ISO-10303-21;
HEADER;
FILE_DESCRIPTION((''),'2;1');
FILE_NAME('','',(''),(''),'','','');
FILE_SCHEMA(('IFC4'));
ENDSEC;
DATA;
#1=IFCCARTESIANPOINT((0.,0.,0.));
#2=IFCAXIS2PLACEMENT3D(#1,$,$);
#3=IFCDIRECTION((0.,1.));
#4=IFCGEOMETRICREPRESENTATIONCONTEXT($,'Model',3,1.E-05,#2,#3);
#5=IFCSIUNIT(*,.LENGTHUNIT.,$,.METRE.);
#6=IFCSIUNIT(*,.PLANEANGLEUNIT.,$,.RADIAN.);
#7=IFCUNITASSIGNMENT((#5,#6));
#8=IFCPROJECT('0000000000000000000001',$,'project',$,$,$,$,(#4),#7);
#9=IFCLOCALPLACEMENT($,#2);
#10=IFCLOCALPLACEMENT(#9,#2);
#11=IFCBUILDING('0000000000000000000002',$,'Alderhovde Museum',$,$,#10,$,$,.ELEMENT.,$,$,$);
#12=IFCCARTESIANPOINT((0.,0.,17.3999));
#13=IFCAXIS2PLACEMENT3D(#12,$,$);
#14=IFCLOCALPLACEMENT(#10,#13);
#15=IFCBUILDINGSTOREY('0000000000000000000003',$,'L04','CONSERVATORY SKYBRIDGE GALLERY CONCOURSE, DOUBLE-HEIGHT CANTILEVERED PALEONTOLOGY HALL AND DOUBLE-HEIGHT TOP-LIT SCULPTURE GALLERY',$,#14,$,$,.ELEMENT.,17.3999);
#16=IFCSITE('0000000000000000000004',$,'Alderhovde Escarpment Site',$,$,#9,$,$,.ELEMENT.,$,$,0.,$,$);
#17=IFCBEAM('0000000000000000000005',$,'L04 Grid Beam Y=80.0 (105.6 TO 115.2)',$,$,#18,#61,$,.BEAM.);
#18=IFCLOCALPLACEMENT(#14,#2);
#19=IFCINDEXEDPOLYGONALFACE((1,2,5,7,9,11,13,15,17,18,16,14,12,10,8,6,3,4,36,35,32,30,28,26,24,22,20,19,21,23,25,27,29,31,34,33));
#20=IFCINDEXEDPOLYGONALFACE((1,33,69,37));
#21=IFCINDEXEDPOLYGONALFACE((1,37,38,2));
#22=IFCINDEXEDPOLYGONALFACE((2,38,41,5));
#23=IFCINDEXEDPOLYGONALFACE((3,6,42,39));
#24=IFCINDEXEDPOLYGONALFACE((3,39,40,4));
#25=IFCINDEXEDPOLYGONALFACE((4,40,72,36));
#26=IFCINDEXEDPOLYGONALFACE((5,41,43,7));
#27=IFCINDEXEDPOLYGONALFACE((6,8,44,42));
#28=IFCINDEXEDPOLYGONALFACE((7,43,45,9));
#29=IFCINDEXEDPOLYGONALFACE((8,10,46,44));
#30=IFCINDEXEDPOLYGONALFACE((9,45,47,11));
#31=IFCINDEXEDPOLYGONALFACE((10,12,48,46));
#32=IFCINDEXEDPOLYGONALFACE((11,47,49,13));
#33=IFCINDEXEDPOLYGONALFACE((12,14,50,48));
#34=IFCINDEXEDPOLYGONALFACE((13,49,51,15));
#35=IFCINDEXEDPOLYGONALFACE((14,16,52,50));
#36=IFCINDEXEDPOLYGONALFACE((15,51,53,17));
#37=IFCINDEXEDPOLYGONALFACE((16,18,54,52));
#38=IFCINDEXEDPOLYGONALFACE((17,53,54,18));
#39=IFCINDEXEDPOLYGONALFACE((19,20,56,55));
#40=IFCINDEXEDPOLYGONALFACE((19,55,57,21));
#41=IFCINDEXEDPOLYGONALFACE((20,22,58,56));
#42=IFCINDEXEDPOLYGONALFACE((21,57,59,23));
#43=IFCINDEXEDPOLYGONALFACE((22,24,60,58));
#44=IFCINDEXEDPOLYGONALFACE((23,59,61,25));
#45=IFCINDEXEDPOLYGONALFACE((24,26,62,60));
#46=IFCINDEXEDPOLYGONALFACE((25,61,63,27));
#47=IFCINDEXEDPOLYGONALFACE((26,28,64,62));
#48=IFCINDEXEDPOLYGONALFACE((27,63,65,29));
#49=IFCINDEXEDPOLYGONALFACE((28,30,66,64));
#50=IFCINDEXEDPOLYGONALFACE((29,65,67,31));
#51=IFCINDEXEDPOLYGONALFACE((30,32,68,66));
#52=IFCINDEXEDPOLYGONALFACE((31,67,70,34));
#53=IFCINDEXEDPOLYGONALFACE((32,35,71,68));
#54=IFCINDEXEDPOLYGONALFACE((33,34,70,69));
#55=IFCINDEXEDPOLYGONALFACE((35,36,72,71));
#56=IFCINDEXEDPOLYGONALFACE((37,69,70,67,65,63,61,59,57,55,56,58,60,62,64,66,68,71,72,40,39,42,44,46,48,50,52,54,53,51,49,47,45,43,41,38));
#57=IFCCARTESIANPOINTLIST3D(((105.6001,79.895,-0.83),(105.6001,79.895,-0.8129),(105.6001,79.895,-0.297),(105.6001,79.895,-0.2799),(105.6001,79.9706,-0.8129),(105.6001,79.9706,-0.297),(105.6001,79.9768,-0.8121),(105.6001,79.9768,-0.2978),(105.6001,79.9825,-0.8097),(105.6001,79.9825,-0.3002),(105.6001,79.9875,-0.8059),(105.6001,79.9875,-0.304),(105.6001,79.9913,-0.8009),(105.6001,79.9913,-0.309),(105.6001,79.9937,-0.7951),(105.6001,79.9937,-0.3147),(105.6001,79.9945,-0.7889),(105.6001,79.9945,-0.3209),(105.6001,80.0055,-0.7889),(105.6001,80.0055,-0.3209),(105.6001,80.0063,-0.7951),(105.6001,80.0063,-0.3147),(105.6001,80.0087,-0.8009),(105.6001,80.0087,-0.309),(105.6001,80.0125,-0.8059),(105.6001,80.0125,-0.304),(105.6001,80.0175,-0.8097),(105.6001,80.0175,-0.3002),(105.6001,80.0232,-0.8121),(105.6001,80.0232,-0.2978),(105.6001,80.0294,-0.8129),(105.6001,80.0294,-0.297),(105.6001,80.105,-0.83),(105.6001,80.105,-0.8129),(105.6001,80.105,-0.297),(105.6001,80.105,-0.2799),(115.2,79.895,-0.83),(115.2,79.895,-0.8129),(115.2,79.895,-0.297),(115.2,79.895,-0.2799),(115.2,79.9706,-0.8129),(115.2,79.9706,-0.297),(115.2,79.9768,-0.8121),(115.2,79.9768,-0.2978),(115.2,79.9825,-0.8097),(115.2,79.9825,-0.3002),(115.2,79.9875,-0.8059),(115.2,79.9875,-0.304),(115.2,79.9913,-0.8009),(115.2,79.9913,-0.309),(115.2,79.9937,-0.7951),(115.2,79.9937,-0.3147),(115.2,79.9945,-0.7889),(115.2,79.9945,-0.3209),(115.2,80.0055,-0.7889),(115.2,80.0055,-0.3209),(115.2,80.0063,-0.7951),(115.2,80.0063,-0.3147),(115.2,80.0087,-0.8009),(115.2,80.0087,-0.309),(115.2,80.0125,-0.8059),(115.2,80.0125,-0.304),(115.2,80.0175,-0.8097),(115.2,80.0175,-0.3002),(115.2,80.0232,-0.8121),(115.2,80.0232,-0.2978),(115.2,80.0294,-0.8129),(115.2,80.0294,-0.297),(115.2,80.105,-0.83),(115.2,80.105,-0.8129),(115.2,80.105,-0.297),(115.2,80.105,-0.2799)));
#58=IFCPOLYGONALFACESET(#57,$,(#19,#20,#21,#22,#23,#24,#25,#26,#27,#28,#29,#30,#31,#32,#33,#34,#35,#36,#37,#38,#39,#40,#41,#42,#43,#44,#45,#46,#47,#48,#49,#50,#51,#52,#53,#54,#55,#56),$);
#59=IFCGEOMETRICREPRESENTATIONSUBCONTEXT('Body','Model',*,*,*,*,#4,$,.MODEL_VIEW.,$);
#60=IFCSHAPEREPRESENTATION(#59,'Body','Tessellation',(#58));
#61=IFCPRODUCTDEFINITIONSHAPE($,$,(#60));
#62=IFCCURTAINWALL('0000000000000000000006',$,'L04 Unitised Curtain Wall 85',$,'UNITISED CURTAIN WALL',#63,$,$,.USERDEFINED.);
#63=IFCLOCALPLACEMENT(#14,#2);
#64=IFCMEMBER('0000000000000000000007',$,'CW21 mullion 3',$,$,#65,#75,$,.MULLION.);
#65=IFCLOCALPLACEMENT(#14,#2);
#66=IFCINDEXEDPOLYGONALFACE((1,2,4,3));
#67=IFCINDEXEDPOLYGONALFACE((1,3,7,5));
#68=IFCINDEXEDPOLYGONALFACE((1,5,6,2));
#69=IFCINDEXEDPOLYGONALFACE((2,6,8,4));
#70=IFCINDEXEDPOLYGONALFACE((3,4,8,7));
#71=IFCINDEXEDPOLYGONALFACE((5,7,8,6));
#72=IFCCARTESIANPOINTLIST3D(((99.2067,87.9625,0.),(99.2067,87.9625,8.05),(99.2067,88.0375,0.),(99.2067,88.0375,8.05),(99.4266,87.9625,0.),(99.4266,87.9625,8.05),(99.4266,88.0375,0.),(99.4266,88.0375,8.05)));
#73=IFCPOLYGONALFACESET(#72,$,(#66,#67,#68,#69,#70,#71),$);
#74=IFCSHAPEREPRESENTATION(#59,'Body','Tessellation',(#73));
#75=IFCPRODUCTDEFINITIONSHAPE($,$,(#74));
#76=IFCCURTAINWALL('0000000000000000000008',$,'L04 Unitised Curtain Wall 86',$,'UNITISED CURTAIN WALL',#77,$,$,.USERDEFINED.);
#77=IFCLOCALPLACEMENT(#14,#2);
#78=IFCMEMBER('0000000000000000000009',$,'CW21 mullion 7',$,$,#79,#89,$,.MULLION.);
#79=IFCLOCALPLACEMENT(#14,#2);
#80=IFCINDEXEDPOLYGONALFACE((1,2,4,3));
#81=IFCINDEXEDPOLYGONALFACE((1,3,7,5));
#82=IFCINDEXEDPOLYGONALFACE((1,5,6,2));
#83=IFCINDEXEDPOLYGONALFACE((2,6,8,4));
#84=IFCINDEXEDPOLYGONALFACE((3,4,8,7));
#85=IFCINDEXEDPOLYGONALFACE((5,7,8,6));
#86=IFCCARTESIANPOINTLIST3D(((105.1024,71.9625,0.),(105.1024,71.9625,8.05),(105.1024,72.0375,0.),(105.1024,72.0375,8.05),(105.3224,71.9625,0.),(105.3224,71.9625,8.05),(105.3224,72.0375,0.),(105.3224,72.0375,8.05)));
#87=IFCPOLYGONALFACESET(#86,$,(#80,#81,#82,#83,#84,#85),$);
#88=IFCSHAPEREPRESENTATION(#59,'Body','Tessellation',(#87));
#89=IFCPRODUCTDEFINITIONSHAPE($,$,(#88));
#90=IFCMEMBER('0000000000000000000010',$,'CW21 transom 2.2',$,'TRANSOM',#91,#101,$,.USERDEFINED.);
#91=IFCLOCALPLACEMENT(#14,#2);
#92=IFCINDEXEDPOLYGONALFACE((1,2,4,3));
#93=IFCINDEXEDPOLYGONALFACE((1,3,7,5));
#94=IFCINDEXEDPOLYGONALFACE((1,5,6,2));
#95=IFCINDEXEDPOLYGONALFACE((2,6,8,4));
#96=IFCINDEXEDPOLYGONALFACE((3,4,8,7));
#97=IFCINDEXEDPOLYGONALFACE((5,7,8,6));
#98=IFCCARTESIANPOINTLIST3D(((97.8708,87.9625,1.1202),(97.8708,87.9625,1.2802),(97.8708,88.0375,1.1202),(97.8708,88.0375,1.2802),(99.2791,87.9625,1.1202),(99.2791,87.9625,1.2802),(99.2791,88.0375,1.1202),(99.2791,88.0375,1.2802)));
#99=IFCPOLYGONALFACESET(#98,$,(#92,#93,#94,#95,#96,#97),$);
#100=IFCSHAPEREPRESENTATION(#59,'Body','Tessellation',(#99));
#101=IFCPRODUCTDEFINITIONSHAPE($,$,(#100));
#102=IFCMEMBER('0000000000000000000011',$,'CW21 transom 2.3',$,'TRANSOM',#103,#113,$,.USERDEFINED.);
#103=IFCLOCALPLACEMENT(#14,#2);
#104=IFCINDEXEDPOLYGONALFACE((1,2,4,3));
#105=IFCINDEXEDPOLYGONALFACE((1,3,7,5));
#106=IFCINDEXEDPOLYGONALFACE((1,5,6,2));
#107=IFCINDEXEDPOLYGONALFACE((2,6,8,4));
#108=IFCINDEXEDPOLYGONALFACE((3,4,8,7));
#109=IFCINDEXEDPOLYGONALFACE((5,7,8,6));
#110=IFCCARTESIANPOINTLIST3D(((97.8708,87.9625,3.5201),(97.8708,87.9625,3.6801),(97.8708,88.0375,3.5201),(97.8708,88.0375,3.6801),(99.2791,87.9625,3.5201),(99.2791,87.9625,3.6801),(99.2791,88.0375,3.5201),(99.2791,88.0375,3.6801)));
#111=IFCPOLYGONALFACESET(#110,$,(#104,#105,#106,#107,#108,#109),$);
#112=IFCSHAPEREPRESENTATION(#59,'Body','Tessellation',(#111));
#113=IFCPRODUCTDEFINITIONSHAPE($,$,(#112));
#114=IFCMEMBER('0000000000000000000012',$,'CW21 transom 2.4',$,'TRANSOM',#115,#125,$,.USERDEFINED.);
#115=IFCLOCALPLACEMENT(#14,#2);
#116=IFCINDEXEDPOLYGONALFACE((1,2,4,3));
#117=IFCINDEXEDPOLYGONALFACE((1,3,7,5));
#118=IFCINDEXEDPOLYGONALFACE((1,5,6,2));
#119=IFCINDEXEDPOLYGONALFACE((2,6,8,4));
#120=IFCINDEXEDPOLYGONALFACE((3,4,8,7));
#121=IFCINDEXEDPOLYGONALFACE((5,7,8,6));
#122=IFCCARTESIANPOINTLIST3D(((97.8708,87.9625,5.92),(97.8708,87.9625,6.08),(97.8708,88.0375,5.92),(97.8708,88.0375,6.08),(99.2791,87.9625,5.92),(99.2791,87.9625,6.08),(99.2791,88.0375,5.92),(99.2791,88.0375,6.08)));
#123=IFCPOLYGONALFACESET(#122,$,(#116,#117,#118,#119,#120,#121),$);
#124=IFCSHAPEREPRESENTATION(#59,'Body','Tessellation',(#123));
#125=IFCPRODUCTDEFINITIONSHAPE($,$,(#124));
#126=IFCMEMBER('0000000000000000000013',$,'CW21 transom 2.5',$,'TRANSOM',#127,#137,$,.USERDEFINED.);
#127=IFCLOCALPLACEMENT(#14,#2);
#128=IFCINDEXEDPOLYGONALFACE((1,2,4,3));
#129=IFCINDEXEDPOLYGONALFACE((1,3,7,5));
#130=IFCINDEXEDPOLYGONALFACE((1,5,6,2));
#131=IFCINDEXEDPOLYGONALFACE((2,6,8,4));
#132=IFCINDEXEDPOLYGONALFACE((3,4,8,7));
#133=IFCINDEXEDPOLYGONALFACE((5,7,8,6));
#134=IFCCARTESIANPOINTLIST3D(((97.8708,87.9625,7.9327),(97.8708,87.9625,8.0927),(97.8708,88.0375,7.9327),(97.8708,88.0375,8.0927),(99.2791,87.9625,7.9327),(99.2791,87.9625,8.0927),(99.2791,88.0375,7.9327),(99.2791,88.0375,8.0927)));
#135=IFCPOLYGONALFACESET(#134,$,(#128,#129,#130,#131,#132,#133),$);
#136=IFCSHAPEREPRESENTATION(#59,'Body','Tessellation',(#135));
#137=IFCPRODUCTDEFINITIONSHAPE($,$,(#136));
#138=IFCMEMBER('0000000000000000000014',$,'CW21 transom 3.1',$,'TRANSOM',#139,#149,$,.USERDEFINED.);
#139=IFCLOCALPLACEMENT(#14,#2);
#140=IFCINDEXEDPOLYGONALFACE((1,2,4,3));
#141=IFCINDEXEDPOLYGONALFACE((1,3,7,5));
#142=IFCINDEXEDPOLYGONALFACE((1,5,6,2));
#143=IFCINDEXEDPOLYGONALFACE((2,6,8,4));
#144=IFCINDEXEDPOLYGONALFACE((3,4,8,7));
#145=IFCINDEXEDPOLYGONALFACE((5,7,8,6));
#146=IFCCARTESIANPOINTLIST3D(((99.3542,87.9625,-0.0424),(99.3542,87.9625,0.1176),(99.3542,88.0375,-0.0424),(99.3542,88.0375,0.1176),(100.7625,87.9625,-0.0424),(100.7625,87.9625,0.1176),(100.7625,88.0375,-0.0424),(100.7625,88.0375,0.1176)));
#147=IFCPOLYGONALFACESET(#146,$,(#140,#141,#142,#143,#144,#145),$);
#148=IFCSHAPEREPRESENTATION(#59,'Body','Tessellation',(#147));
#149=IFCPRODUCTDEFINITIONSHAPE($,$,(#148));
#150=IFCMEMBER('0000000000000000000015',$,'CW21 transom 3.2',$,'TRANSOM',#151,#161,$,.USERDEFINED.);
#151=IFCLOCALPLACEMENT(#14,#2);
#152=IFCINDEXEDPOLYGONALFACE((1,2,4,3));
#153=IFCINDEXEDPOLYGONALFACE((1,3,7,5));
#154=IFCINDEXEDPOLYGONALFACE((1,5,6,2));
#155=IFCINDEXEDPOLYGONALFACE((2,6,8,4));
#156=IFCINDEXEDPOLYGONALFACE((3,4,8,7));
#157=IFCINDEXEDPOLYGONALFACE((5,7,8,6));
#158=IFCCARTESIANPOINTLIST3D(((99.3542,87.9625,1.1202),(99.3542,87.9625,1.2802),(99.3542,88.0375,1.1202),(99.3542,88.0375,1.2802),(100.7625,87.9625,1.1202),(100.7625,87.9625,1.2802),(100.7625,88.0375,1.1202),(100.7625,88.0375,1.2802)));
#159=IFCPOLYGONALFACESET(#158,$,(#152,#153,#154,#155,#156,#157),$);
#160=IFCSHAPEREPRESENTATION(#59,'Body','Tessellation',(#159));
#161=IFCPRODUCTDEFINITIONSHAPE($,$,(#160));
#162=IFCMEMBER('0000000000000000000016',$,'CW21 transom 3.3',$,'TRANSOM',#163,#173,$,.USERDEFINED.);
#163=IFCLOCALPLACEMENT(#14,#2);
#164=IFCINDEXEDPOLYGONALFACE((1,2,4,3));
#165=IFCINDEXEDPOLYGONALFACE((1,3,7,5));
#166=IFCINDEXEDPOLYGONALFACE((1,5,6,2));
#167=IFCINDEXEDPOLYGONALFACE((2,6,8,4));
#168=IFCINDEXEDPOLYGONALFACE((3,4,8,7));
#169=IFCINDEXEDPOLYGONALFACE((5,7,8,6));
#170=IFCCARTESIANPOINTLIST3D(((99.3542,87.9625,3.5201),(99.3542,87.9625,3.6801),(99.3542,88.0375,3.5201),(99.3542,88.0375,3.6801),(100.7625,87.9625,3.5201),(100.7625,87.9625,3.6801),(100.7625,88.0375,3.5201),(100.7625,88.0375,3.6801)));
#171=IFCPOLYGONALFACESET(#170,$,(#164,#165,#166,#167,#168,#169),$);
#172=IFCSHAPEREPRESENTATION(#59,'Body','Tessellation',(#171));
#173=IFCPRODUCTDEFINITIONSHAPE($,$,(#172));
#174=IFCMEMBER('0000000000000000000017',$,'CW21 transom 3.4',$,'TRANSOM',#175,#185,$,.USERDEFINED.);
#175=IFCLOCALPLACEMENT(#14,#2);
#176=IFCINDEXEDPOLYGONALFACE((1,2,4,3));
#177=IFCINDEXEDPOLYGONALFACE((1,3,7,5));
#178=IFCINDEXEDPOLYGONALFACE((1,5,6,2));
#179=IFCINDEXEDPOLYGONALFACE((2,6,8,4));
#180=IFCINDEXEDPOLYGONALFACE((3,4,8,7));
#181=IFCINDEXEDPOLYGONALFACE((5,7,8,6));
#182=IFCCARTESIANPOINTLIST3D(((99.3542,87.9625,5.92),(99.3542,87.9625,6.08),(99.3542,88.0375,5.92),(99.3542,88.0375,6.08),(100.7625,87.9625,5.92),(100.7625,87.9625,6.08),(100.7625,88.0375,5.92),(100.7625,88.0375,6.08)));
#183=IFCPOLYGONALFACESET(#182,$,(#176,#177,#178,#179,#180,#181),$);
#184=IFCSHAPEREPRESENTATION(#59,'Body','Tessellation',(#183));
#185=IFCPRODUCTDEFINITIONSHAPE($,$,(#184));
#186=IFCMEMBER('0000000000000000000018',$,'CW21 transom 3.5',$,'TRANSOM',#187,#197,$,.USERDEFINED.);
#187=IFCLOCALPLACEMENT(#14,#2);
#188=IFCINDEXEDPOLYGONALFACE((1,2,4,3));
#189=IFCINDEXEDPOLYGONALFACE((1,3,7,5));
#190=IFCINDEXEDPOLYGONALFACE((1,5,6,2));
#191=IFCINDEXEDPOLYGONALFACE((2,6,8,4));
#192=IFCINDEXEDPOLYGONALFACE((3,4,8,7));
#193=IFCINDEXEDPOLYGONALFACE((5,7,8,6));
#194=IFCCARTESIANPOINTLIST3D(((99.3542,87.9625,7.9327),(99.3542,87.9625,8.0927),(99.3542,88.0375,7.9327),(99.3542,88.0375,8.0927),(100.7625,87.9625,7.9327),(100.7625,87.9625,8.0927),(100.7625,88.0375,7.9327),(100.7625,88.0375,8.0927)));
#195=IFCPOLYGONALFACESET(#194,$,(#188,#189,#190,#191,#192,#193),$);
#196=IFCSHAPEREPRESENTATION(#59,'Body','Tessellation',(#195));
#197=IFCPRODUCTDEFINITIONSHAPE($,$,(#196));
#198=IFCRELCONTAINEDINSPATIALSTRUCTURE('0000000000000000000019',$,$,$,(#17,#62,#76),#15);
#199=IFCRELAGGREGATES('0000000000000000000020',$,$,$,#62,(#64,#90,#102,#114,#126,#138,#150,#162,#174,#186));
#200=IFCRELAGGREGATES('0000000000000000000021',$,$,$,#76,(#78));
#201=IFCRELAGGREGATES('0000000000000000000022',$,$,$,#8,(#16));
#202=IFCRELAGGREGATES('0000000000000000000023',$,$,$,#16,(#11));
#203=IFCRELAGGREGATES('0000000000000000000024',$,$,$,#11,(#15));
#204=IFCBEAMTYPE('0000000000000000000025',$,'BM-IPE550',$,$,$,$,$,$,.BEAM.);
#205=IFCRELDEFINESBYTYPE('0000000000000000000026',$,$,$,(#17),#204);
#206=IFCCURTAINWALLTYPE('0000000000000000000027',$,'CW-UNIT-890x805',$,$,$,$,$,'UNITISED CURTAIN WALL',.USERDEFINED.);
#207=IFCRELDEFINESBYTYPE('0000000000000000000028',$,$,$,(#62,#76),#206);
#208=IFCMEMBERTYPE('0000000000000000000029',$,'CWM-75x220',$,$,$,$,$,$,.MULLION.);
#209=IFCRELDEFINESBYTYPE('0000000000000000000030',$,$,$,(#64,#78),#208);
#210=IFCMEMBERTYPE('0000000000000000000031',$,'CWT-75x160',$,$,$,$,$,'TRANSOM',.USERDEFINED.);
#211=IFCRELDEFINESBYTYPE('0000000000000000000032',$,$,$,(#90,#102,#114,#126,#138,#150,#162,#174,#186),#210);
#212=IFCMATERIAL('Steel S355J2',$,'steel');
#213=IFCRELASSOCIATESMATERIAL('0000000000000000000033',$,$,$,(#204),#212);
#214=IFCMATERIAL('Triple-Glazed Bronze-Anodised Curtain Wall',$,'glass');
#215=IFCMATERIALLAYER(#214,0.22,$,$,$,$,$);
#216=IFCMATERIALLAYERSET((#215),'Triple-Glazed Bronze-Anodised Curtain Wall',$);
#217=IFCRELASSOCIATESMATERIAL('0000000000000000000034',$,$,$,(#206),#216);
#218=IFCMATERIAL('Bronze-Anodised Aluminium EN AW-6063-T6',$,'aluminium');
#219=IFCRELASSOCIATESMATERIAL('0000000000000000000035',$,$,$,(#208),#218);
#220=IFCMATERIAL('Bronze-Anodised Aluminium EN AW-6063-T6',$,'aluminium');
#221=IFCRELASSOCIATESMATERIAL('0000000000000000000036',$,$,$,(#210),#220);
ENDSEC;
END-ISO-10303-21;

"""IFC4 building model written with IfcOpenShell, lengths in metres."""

from ifc_helpers import new_model, si_unit, direction, frame, origin, origin_2d, place, context, subcontext, project, spatial, rectangle, i_section, extrude, material, layer, layer_set, material_profile, profile_set, type_object, element, aggregate, save


model = new_model("IFC4")

# Units and contexts
model_context = context("Model", 3, precision=1e-05, world=origin(), true_north=direction((0.0, 1.0)))
body_context = subcontext(model_context, "Body", "Model", "MODEL_VIEW")
ifc_project = project(units=[si_unit("LENGTHUNIT", "METRE"), si_unit("PLANEANGLEUNIT", "RADIAN")], contexts=[model_context])

# Site, building, storey
site_placement = place(None, origin())
site = spatial("IfcSite", under=ifc_project, at=site_placement, Name="Alderhovde Escarpment Site", CompositionType="ELEMENT", RefElevation=0.0)
building_placement = place(site_placement, origin())
building = spatial("IfcBuilding", under=site, at=building_placement, Name="Alderhovde Museum", CompositionType="ELEMENT")
storey_placement = place(building_placement, frame((0.0, 0.0, 17.3999)))
storey = spatial("IfcBuildingStorey", under=building, at=storey_placement, Name="L04", Description="CONSERVATORY SKYBRIDGE GALLERY CONCOURSE, DOUBLE-HEIGHT CANTILEVERED PALEONTOLOGY HALL AND DOUBLE-HEIGHT TOP-LIT SCULPTURE GALLERY", CompositionType="ELEMENT", Elevation=17.3999)

# Beam
ifc_material_1 = material(Name="Steel S355J2", Category="steel")
ifc_material_profile_1 = material_profile(ifc_material_1, i_section(OverallWidth=0.21, OverallDepth=0.55, WebThickness=0.011, FlangeThickness=0.0171, FilletRadius=0.0239, at=origin_2d()), Name="IPE 550")
ifc_profile_set_1 = profile_set([ifc_material_profile_1], Name="Steel S355J2")
beam_type_1 = type_object("IfcBeamType", Name="BM-IPE550", PredefinedType="BEAM", material=ifc_profile_set_1)
beam_1_placement = place(storey_placement, frame((105.6001, 80.0, -0.5549), z_axis=(1.0, 0.0, 0.0), x_axis=(0.0, 1.0, 0.0)))
element("IfcBeam", 1, at=beam_1_placement, inside=storey, type_object=beam_type_1, Name="L04 Grid Beam Y=80.0 (105.6 TO 115.2)", PredefinedType="BEAM", context=body_context, shape_type="SweptSolid", body=[
    extrude(i_section(OverallWidth=0.21, OverallDepth=0.55, WebThickness=0.011, FlangeThickness=0.0171, FilletRadius=0.0239, at=origin_2d()), origin(), (0.0, 0.0, 1.0), 9.5999),
])

# Curtain walls, members
ifc_material_2 = material(Name="Triple-Glazed Bronze-Anodised Curtain Wall", Category="glass")
ifc_layer_1 = layer(ifc_material_2, 0.22)
ifc_layer_set_1 = layer_set([ifc_layer_1], Name="Triple-Glazed Bronze-Anodised Curtain Wall")
curtain_wall_type = type_object("IfcCurtainWallType", Name="CW-UNIT-890x805", ElementType="UNITISED CURTAIN WALL", PredefinedType="USERDEFINED", material=ifc_layer_set_1)
curtain_wall_1_placement = place(storey_placement, origin())
curtain_wall_1 = element("IfcCurtainWall", 2, at=curtain_wall_1_placement, inside=storey, type_object=curtain_wall_type, Name="L04 Unitised Curtain Wall 85", ObjectType="UNITISED CURTAIN WALL", PredefinedType="USERDEFINED")
ifc_material_3 = material(Name="Bronze-Anodised Aluminium EN AW-6063-T6", Category="aluminium")
ifc_material_profile_2 = material_profile(ifc_material_3, rectangle(XDim=0.075, YDim=0.22, at=origin_2d()), Name="MULLION 75x220")
ifc_profile_set_2 = profile_set([ifc_material_profile_2], Name="Bronze-Anodised Aluminium EN AW-6063-T6")
member_type_1 = type_object("IfcMemberType", Name="CWM-75x220", PredefinedType="MULLION", material=ifc_profile_set_2)
member_1_placement = place(storey_placement, frame((99.3167, 88.0, 0.0), z_axis=(0.0, 0.0, 1.0), x_axis=(0.0, 1.0, 0.0)))
member_1 = element("IfcMember", 3, at=member_1_placement, type_object=member_type_1, Name="CW21 mullion 3", PredefinedType="MULLION", context=body_context, shape_type="SweptSolid", body=[
    extrude(rectangle(XDim=0.075, YDim=0.22, at=origin_2d()), origin(), (0.0, 0.0, 1.0), 8.05),
])
curtain_wall_2_placement = place(storey_placement, origin())
curtain_wall_2 = element("IfcCurtainWall", 4, at=curtain_wall_2_placement, inside=storey, type_object=curtain_wall_type, Name="L04 Unitised Curtain Wall 86", ObjectType="UNITISED CURTAIN WALL", PredefinedType="USERDEFINED")
member_2_placement = place(storey_placement, frame((105.2124, 72.0, 0.0), z_axis=(0.0, 0.0, 1.0), x_axis=(0.0, 1.0, 0.0)))
member_2 = element("IfcMember", 5, at=member_2_placement, type_object=member_type_1, Name="CW21 mullion 7", PredefinedType="MULLION", context=body_context, shape_type="SweptSolid", body=[
    extrude(rectangle(XDim=0.075, YDim=0.22, at=origin_2d()), origin(), (0.0, 0.0, 1.0), 8.05),
])

# Members
ifc_material_4 = material(Name="Bronze-Anodised Aluminium EN AW-6063-T6", Category="aluminium")
ifc_material_profile_3 = material_profile(ifc_material_4, rectangle(XDim=0.075, YDim=0.1599, at=origin_2d()), Name="TRANSOM 75x160")
ifc_profile_set_3 = profile_set([ifc_material_profile_3], Name="Bronze-Anodised Aluminium EN AW-6063-T6")
member_type_2 = type_object("IfcMemberType", Name="CWT-75x160", ElementType="TRANSOM", PredefinedType="USERDEFINED", material=ifc_profile_set_3)
member_3_placement = place(storey_placement, frame((97.8708, 88.0, 1.2002), z_axis=(1.0, 0.0, 0.0), x_axis=(0.0, 1.0, 0.0)))
member_3 = element("IfcMember", 6, at=member_3_placement, type_object=member_type_2, Name="CW21 transom 2.2", ObjectType="TRANSOM", PredefinedType="USERDEFINED", context=body_context, shape_type="SweptSolid", body=[
    extrude(rectangle(XDim=0.075, YDim=0.1599, at=origin_2d()), origin(), (0.0, 0.0, 1.0), 1.4082),
])
member_4_placement = place(storey_placement, frame((97.8708, 88.0, 3.6001), z_axis=(1.0, 0.0, 0.0), x_axis=(0.0, 1.0, 0.0)))
member_4 = element("IfcMember", 7, at=member_4_placement, type_object=member_type_2, Name="CW21 transom 2.3", ObjectType="TRANSOM", PredefinedType="USERDEFINED", context=body_context, shape_type="SweptSolid", body=[
    extrude(rectangle(XDim=0.075, YDim=0.1599, at=origin_2d()), origin(), (0.0, 0.0, 1.0), 1.4082),
])
member_5_placement = place(storey_placement, frame((97.8708, 88.0, 6.0), z_axis=(1.0, 0.0, 0.0), x_axis=(0.0, 1.0, 0.0)))
member_5 = element("IfcMember", 8, at=member_5_placement, type_object=member_type_2, Name="CW21 transom 2.4", ObjectType="TRANSOM", PredefinedType="USERDEFINED", context=body_context, shape_type="SweptSolid", body=[
    extrude(rectangle(XDim=0.075, YDim=0.1599, at=origin_2d()), origin(), (0.0, 0.0, 1.0), 1.4082),
])
member_6_placement = place(storey_placement, frame((97.8708, 88.0, 8.0127), z_axis=(1.0, 0.0, 0.0), x_axis=(0.0, 1.0, 0.0)))
member_6 = element("IfcMember", 9, at=member_6_placement, type_object=member_type_2, Name="CW21 transom 2.5", ObjectType="TRANSOM", PredefinedType="USERDEFINED", context=body_context, shape_type="SweptSolid", body=[
    extrude(rectangle(XDim=0.075, YDim=0.1599, at=origin_2d()), origin(), (0.0, 0.0, 1.0), 1.4082),
])
member_7_placement = place(storey_placement, frame((99.3542, 88.0, 0.0376), z_axis=(1.0, 0.0, 0.0), x_axis=(0.0, 1.0, 0.0)))
member_7 = element("IfcMember", 10, at=member_7_placement, type_object=member_type_2, Name="CW21 transom 3.1", ObjectType="TRANSOM", PredefinedType="USERDEFINED", context=body_context, shape_type="SweptSolid", body=[
    extrude(rectangle(XDim=0.075, YDim=0.1599, at=origin_2d()), origin(), (0.0, 0.0, 1.0), 1.4082),
])
member_8_placement = place(storey_placement, frame((99.3542, 88.0, 1.2002), z_axis=(1.0, 0.0, 0.0), x_axis=(0.0, 1.0, 0.0)))
member_8 = element("IfcMember", 11, at=member_8_placement, type_object=member_type_2, Name="CW21 transom 3.2", ObjectType="TRANSOM", PredefinedType="USERDEFINED", context=body_context, shape_type="SweptSolid", body=[
    extrude(rectangle(XDim=0.075, YDim=0.1599, at=origin_2d()), origin(), (0.0, 0.0, 1.0), 1.4082),
])
member_9_placement = place(storey_placement, frame((99.3542, 88.0, 3.6001), z_axis=(1.0, 0.0, 0.0), x_axis=(0.0, 1.0, 0.0)))
member_9 = element("IfcMember", 12, at=member_9_placement, type_object=member_type_2, Name="CW21 transom 3.3", ObjectType="TRANSOM", PredefinedType="USERDEFINED", context=body_context, shape_type="SweptSolid", body=[
    extrude(rectangle(XDim=0.075, YDim=0.1599, at=origin_2d()), origin(), (0.0, 0.0, 1.0), 1.4082),
])
member_10_placement = place(storey_placement, frame((99.3542, 88.0, 6.0), z_axis=(1.0, 0.0, 0.0), x_axis=(0.0, 1.0, 0.0)))
member_10 = element("IfcMember", 13, at=member_10_placement, type_object=member_type_2, Name="CW21 transom 3.4", ObjectType="TRANSOM", PredefinedType="USERDEFINED", context=body_context, shape_type="SweptSolid", body=[
    extrude(rectangle(XDim=0.075, YDim=0.1599, at=origin_2d()), origin(), (0.0, 0.0, 1.0), 1.4082),
])
member_11_placement = place(storey_placement, frame((99.3542, 88.0, 8.0127), z_axis=(1.0, 0.0, 0.0), x_axis=(0.0, 1.0, 0.0)))
member_11 = element("IfcMember", 14, at=member_11_placement, type_object=member_type_2, Name="CW21 transom 3.5", ObjectType="TRANSOM", PredefinedType="USERDEFINED", context=body_context, shape_type="SweptSolid", body=[
    extrude(rectangle(XDim=0.075, YDim=0.1599, at=origin_2d()), origin(), (0.0, 0.0, 1.0), 1.4082),
])

aggregate(curtain_wall_1, [member_1, member_3, member_4, member_5, member_6, member_7, member_8, member_9, member_10, member_11])
aggregate(curtain_wall_2, [member_2])

save(model, "model.ifc")
